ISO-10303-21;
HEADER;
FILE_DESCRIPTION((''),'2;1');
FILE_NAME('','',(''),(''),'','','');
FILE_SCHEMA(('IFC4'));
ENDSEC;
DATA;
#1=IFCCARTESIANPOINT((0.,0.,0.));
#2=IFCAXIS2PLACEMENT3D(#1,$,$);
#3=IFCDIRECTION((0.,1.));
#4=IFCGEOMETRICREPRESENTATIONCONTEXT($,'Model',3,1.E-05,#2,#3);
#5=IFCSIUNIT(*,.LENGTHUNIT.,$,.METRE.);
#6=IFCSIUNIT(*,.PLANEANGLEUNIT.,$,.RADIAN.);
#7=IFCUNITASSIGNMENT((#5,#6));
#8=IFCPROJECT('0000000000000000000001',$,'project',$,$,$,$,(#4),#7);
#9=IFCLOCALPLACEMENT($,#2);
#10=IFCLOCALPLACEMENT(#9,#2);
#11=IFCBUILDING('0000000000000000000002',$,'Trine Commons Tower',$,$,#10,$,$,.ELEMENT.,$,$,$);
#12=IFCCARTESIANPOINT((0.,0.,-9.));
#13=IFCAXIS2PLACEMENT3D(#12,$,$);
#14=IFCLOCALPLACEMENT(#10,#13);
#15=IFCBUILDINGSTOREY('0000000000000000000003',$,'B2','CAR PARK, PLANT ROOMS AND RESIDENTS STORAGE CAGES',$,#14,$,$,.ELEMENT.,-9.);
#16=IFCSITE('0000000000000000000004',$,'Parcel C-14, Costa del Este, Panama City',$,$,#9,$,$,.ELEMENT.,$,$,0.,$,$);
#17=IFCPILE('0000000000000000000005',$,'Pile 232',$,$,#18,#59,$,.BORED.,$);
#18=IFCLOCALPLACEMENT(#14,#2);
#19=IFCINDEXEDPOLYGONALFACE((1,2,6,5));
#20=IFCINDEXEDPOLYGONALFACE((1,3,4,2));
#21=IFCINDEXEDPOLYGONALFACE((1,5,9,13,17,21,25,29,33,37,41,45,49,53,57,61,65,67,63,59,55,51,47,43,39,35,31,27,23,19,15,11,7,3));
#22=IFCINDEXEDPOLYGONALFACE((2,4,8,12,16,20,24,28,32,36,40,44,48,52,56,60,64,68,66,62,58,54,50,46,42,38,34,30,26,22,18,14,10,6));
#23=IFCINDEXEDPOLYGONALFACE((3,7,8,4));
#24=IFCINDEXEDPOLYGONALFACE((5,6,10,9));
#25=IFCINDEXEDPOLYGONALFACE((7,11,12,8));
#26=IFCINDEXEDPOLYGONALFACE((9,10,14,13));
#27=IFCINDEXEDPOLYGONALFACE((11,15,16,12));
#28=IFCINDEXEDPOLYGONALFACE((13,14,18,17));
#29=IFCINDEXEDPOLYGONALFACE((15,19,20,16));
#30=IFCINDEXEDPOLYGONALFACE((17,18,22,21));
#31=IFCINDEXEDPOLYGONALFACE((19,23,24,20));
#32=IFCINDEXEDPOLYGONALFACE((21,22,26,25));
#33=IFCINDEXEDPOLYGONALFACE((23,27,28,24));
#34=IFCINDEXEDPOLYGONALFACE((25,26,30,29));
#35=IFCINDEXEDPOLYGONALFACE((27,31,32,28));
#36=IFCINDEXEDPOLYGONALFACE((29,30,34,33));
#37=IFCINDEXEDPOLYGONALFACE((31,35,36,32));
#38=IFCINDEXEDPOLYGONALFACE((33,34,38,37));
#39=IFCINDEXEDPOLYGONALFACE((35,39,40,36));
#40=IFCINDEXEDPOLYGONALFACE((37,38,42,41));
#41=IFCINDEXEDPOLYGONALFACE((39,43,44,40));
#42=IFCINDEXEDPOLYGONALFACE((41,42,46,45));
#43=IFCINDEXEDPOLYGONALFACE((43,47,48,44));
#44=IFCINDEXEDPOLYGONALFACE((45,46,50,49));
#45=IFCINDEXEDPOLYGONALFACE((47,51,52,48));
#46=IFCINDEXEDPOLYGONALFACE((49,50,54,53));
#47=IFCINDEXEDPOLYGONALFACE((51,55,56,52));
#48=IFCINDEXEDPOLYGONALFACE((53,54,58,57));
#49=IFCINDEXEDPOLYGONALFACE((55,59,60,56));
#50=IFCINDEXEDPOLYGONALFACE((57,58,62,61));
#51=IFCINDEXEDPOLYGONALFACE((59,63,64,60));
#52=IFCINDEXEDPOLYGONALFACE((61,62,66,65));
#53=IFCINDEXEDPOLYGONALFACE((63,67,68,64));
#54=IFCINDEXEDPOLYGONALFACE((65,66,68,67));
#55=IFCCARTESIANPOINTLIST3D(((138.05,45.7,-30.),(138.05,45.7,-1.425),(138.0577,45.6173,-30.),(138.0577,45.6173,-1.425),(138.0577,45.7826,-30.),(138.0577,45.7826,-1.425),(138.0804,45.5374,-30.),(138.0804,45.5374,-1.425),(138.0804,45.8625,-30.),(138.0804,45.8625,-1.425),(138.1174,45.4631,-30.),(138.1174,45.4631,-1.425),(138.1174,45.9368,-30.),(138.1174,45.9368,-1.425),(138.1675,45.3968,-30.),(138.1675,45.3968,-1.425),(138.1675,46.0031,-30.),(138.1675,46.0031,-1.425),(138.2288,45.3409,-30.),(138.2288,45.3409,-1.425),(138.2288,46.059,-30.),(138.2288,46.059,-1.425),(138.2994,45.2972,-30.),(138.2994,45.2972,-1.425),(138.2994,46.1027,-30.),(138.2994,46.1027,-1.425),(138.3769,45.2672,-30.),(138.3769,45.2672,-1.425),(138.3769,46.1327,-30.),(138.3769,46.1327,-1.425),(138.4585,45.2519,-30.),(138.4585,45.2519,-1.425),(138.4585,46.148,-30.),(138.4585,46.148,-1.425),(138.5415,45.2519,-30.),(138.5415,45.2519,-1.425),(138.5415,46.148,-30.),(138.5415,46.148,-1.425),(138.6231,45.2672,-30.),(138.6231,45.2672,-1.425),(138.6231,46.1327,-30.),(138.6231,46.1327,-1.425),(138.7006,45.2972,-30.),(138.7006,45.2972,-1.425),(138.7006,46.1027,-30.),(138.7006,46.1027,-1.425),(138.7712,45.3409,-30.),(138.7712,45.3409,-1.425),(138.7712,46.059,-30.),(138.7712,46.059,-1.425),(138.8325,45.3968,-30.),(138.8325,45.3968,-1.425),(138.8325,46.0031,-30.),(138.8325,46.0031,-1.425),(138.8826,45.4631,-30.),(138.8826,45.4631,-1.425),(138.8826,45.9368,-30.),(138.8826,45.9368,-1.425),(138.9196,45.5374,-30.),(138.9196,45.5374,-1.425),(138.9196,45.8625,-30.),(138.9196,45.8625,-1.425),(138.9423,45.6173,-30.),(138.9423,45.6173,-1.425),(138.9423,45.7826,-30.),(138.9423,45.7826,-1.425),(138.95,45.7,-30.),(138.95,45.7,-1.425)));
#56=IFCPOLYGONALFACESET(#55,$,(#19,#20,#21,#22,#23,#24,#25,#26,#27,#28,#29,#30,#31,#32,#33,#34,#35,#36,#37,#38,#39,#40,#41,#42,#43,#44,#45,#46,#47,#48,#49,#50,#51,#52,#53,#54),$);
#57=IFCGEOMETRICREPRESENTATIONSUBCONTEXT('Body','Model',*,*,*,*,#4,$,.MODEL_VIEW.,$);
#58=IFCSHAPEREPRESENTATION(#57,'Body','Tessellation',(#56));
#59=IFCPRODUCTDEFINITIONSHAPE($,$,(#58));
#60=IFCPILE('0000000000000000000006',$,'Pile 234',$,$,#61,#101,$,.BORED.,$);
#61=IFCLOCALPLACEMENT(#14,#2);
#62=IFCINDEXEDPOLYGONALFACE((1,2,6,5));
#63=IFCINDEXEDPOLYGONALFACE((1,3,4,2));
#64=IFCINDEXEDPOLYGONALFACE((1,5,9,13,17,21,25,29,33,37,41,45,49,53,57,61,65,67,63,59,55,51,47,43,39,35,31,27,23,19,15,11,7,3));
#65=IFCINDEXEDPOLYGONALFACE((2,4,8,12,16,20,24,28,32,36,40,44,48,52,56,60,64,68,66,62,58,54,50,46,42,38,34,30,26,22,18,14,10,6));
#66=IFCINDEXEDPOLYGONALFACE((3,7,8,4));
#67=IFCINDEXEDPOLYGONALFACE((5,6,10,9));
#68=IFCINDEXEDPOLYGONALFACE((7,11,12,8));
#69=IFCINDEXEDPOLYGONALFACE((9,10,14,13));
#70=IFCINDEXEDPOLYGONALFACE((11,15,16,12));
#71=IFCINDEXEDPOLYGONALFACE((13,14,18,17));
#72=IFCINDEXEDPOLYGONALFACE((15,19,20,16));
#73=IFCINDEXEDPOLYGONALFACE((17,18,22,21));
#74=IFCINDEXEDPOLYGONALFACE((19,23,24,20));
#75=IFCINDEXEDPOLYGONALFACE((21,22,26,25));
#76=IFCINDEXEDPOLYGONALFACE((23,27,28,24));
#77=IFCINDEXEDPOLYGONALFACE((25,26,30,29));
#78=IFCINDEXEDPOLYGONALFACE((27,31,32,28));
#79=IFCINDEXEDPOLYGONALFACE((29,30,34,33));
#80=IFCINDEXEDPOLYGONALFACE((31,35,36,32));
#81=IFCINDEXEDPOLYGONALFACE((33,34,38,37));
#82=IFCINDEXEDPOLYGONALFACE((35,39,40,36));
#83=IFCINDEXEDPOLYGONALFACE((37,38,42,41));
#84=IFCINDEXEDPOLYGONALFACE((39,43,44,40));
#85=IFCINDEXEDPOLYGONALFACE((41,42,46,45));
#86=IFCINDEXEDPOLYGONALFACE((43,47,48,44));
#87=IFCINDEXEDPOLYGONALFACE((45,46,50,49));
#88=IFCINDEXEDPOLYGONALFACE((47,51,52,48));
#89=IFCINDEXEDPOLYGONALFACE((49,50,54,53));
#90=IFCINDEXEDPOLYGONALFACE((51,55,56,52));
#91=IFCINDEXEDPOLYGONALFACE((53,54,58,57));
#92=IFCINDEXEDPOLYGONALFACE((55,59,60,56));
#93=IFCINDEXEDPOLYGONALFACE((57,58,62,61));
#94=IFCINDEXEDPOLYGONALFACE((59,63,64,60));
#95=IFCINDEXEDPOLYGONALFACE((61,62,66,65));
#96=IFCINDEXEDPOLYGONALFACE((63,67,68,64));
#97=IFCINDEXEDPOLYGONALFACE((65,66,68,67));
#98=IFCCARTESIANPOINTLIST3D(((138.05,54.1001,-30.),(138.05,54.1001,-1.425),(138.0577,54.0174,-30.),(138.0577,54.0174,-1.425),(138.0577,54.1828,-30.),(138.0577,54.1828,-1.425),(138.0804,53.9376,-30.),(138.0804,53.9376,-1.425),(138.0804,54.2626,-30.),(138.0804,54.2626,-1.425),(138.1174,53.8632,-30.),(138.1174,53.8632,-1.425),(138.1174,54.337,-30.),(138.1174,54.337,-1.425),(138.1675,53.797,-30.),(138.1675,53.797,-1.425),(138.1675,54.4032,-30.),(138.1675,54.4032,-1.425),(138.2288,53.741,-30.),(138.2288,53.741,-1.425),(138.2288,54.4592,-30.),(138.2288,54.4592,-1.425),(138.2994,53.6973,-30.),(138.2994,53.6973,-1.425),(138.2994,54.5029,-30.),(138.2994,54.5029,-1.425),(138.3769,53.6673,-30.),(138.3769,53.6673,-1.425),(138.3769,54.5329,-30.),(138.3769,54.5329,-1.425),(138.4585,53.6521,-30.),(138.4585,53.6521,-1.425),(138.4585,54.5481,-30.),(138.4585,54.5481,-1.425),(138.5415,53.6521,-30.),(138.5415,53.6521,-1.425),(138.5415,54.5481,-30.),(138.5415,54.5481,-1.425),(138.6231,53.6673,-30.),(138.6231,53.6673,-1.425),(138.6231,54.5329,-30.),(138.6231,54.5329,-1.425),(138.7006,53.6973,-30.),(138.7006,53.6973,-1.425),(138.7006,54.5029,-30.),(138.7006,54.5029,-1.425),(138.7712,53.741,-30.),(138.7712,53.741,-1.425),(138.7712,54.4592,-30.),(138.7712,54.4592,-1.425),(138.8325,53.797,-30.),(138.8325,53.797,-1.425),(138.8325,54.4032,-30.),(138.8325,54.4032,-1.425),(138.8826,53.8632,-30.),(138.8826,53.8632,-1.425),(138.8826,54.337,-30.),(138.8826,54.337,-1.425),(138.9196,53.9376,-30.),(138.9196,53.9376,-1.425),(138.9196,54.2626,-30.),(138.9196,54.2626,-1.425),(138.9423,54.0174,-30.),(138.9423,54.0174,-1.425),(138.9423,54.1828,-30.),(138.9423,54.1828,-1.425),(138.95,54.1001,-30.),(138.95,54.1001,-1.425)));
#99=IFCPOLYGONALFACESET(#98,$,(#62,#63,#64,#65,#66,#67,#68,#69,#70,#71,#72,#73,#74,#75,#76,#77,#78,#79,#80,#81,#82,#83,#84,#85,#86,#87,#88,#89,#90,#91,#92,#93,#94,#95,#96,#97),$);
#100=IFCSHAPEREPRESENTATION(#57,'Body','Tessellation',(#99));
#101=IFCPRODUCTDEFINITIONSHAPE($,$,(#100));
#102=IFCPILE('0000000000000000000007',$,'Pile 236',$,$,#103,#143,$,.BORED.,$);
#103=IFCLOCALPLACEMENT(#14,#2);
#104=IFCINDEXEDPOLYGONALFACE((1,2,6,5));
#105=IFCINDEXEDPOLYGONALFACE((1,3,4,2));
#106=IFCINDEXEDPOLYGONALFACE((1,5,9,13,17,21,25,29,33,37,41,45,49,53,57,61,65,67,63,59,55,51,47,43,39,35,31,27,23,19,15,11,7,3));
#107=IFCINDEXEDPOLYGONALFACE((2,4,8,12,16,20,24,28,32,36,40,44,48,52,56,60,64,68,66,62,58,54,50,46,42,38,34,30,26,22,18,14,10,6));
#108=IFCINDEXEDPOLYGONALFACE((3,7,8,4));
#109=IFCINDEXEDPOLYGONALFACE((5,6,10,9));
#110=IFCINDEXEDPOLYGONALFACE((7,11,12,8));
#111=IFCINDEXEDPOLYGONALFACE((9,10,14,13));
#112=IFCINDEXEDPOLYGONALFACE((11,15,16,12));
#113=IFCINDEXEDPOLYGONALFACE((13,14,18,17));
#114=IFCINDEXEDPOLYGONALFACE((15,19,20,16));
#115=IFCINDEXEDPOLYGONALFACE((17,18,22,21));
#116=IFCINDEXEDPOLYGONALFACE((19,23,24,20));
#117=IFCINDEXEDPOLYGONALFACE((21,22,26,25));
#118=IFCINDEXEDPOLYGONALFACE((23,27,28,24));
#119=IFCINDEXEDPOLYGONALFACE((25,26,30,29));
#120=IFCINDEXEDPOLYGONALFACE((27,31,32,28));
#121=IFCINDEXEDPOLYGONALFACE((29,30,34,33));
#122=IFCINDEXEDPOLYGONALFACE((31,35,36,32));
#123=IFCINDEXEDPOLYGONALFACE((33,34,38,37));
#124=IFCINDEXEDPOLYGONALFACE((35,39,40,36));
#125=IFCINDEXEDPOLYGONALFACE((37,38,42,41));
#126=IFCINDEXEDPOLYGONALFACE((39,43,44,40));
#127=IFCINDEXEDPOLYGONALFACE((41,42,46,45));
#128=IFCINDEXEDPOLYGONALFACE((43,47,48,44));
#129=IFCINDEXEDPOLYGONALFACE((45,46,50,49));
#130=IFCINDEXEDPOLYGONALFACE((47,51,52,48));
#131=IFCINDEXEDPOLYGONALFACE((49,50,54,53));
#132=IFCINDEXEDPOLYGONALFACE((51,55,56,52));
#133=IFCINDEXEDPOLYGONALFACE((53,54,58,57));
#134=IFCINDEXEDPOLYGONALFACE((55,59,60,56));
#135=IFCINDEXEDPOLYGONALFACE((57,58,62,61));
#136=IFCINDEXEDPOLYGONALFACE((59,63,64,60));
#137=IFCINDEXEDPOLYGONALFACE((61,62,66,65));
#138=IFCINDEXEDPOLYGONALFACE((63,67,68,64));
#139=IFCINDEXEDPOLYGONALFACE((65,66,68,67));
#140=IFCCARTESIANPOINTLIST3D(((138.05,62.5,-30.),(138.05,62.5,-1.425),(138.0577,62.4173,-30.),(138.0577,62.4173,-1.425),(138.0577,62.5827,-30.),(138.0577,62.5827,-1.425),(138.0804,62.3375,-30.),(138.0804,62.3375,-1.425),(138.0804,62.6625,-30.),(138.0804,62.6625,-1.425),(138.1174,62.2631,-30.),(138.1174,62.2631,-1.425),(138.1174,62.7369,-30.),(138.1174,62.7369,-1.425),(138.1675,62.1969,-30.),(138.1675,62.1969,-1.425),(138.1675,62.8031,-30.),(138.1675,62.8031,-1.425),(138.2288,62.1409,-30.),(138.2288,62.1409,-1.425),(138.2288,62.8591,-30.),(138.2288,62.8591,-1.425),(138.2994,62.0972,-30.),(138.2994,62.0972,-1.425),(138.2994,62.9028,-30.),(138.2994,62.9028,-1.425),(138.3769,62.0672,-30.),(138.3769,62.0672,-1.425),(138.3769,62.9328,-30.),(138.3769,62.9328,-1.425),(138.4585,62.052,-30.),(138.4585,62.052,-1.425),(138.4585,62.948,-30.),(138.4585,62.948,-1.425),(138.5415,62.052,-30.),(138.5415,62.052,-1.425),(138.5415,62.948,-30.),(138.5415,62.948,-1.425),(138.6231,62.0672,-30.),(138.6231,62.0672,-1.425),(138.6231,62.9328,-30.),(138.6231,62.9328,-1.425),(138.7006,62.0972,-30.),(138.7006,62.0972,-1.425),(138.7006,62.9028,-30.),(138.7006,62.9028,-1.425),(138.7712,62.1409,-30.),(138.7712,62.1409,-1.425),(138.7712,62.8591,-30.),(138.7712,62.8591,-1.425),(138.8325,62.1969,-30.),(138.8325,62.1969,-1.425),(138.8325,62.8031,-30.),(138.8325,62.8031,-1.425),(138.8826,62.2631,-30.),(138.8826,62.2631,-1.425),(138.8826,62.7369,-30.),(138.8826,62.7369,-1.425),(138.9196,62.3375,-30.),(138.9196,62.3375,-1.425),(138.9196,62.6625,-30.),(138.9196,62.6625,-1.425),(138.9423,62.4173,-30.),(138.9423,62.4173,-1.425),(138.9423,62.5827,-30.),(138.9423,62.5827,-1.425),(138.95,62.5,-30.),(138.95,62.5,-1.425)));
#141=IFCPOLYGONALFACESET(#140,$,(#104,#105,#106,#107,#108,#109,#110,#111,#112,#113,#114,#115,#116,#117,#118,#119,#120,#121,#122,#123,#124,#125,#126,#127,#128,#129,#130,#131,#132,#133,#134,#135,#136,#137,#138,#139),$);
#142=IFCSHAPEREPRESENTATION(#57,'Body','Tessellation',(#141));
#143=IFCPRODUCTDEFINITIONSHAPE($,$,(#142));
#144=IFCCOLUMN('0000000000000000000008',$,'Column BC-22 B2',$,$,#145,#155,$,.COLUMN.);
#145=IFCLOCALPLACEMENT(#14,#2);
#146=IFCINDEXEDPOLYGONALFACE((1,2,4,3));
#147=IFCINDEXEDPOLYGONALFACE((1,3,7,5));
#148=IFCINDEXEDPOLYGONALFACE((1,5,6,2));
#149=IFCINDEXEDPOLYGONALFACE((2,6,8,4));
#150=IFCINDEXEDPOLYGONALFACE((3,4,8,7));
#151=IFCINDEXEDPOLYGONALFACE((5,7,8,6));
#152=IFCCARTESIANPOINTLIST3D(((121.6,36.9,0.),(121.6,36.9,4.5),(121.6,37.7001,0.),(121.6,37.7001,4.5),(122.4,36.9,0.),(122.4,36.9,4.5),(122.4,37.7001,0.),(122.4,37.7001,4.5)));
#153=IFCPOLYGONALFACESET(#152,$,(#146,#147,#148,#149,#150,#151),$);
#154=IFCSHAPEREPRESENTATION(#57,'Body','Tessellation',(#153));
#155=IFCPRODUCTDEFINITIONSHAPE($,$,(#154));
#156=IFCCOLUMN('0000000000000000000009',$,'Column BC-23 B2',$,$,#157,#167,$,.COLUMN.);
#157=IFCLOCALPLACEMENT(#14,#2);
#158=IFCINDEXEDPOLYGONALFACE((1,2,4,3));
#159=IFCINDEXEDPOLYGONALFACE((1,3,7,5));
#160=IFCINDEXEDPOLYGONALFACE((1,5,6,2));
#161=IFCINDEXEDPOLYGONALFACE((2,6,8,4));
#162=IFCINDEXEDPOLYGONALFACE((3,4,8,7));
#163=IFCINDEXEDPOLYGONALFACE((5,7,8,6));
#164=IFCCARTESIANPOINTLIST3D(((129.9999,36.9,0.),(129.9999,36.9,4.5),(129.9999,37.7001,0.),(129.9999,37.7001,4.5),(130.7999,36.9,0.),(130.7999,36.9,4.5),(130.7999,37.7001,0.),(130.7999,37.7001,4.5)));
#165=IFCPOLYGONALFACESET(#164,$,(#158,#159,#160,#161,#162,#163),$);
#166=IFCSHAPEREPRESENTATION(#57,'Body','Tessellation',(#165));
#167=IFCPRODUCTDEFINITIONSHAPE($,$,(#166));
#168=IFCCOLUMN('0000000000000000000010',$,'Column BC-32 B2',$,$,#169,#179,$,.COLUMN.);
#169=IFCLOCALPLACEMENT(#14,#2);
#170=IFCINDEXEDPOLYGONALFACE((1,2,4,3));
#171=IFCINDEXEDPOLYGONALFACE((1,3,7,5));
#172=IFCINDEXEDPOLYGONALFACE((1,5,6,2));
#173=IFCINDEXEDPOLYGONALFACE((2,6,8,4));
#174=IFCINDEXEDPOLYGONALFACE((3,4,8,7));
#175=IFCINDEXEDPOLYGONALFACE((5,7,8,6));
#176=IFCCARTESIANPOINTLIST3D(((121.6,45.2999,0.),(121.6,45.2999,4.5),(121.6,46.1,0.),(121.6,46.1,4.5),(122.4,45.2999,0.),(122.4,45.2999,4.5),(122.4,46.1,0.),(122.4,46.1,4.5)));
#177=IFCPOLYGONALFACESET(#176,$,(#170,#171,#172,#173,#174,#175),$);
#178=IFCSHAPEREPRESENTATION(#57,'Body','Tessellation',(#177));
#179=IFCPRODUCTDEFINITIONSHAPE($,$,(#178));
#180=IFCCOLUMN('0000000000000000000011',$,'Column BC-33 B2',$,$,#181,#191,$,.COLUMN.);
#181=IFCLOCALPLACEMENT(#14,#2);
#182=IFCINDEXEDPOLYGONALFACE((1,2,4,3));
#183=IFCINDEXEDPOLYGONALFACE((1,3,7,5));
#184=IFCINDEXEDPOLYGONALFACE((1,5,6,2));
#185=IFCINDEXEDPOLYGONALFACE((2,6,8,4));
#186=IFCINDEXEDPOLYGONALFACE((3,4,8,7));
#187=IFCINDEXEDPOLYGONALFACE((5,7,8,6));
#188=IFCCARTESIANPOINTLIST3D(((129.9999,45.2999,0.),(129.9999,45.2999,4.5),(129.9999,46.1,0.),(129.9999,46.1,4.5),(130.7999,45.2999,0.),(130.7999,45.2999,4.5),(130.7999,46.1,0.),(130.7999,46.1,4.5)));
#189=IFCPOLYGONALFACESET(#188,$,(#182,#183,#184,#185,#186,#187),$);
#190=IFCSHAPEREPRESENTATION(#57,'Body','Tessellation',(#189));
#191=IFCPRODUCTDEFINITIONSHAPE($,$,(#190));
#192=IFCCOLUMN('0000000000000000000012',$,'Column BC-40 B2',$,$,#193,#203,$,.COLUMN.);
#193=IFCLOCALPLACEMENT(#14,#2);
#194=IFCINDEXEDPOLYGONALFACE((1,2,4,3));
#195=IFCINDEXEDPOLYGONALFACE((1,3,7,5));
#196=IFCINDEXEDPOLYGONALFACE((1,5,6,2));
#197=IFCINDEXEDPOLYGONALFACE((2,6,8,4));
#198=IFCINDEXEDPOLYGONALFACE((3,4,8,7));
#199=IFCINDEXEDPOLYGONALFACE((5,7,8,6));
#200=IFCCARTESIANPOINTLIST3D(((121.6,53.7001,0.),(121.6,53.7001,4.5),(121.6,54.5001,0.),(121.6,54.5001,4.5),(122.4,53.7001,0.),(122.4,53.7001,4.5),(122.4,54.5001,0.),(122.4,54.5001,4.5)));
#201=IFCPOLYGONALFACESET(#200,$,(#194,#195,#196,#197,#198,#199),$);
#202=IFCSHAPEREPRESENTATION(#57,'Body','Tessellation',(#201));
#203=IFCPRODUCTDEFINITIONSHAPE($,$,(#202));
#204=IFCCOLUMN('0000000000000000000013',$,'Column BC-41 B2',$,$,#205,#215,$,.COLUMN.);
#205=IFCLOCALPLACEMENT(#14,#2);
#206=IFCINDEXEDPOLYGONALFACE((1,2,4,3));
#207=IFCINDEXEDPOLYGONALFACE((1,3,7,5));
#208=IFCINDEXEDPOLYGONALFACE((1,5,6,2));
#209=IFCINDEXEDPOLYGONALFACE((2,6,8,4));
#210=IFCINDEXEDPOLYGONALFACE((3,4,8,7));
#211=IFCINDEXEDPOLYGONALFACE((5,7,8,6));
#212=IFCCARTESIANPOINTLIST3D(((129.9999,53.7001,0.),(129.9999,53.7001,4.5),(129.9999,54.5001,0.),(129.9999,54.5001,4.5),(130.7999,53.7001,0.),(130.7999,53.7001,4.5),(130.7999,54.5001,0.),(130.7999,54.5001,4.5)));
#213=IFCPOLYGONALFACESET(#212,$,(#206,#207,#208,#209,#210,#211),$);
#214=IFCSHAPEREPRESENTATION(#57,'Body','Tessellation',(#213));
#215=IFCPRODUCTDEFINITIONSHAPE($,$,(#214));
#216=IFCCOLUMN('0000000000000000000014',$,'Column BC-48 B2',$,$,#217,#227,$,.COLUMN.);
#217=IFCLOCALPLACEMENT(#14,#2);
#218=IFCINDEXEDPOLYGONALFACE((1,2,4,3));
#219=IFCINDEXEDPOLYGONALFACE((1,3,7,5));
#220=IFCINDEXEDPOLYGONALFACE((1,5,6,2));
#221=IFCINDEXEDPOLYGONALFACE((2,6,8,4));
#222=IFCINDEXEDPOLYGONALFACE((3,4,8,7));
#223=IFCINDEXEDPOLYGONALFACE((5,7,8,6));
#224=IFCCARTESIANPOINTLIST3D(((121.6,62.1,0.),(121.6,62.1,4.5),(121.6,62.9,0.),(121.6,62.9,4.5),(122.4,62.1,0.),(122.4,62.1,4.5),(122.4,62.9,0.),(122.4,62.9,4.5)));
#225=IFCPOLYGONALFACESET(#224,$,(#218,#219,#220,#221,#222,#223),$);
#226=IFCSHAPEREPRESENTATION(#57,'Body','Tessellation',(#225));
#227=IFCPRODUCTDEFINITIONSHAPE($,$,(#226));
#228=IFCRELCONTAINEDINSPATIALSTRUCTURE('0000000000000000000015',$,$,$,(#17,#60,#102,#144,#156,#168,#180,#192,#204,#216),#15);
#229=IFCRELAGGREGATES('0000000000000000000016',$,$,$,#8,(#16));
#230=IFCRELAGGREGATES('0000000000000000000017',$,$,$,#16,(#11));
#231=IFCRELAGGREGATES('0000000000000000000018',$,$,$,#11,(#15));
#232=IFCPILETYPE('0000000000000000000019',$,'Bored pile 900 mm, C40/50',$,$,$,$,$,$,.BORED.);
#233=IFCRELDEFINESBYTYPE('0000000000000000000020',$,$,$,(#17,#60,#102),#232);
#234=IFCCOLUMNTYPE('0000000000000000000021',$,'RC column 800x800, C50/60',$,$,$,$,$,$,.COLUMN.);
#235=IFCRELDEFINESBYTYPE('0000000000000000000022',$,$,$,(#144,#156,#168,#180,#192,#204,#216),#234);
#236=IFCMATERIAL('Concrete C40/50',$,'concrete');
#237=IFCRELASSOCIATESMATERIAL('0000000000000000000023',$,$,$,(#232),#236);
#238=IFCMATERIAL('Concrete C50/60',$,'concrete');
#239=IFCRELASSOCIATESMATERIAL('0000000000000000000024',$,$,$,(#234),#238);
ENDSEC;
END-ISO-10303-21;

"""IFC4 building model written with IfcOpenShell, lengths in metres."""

from ifc_helpers import new_model, si_unit, direction, frame, origin, origin_2d, place, context, subcontext, project, spatial, rectangle, circle, extrude, material, material_profile, profile_set, type_object, element, save


model = new_model("IFC4")

# Units and contexts
model_context = context("Model", 3, precision=1e-05, world=origin(), true_north=direction((0.0, 1.0)))
body_context = subcontext(model_context, "Body", "Model", "MODEL_VIEW")
ifc_project = project(units=[si_unit("LENGTHUNIT", "METRE"), si_unit("PLANEANGLEUNIT", "RADIAN")], contexts=[model_context])

# Site, building, storey
site_placement = place(None, origin())
site = spatial("IfcSite", under=ifc_project, at=site_placement, Name="Parcel C-14, Costa del Este, Panama City", CompositionType="ELEMENT", RefElevation=0.0)
building_placement = place(site_placement, origin())
building = spatial("IfcBuilding", under=site, at=building_placement, Name="Trine Commons Tower", CompositionType="ELEMENT")
storey_placement = place(building_placement, frame((0.0, 0.0, -9.0)))
storey = spatial("IfcBuildingStorey", under=building, at=storey_placement, Name="B2", Description="CAR PARK, PLANT ROOMS AND RESIDENTS STORAGE CAGES", CompositionType="ELEMENT", Elevation=-9.0)

# Piles
ifc_material_1 = material(Name="Concrete C40/50", Category="concrete")
pile_type_1 = type_object("IfcPileType", Name="Bored pile 900 mm, C40/50", PredefinedType="BORED", material=ifc_material_1)
for number, where, z_axis, x_axis, name in (
    (1, (138.5, 45.7, -1.425), (0.0, 0.0, -1.0), (1.0, 0.0, 0.0), "Pile 232"),
    (2, (138.5, 54.1001, -1.425), (0.0, 0.0, -1.0), (1.0, 0.0, 0.0), "Pile 234"),
    (3, (138.5, 62.5, -1.425), (0.0, 0.0, -1.0), (1.0, 0.0, 0.0), "Pile 236"),
):
    element("IfcPile", number, at=place(storey_placement, frame(where, z_axis=z_axis, x_axis=x_axis)), inside=storey, type_object=pile_type_1, Name=name, PredefinedType="BORED", context=body_context, shape_type="SweptSolid", body=[
        extrude(circle(Radius=0.45, at=origin_2d()), origin(), (0.0, 0.0, 1.0), 28.575),
    ])

# Columns
ifc_material_2 = material(Name="Concrete C50/60", Category="concrete")
ifc_material_profile = material_profile(ifc_material_2, rectangle(XDim=0.8, YDim=0.8, at=origin_2d()), Name="RC 800x800")
ifc_profile_set = profile_set([ifc_material_profile], Name="Concrete C50/60")
column_type = type_object("IfcColumnType", Name="RC column 800x800, C50/60", PredefinedType="COLUMN", material=ifc_profile_set)
for number, where, z_axis, x_axis, name in (
    (4, (122.0, 37.3, 0.0), (0.0, 0.0, 1.0), (1.0, 0.0, 0.0), "Column BC-22 B2"),
    (5, (130.3999, 37.3, 0.0), (0.0, 0.0, 1.0), (1.0, 0.0, 0.0), "Column BC-23 B2"),
    (6, (122.0, 45.7, 0.0), (0.0, 0.0, 1.0), (1.0, 0.0, 0.0), "Column BC-32 B2"),
    (7, (130.3999, 45.7, 0.0), (0.0, 0.0, 1.0), (1.0, 0.0, 0.0), "Column BC-33 B2"),
    (8, (122.0, 54.1001, 0.0), (0.0, 0.0, 1.0), (1.0, 0.0, 0.0), "Column BC-40 B2"),
    (9, (130.3999, 54.1001, 0.0), (0.0, 0.0, 1.0), (1.0, 0.0, 0.0), "Column BC-41 B2"),
    (10, (122.0, 62.5, 0.0), (0.0, 0.0, 1.0), (1.0, 0.0, 0.0), "Column BC-48 B2"),
):
    element("IfcColumn", number, at=place(storey_placement, frame(where, z_axis=z_axis, x_axis=x_axis)), inside=storey, type_object=column_type, Name=name, PredefinedType="COLUMN", context=body_context, shape_type="SweptSolid", body=[
        extrude(rectangle(XDim=0.8, YDim=0.8, at=origin_2d()), origin(), (0.0, 0.0, 1.0), 4.5),
    ])

save(model, "model.ifc")
